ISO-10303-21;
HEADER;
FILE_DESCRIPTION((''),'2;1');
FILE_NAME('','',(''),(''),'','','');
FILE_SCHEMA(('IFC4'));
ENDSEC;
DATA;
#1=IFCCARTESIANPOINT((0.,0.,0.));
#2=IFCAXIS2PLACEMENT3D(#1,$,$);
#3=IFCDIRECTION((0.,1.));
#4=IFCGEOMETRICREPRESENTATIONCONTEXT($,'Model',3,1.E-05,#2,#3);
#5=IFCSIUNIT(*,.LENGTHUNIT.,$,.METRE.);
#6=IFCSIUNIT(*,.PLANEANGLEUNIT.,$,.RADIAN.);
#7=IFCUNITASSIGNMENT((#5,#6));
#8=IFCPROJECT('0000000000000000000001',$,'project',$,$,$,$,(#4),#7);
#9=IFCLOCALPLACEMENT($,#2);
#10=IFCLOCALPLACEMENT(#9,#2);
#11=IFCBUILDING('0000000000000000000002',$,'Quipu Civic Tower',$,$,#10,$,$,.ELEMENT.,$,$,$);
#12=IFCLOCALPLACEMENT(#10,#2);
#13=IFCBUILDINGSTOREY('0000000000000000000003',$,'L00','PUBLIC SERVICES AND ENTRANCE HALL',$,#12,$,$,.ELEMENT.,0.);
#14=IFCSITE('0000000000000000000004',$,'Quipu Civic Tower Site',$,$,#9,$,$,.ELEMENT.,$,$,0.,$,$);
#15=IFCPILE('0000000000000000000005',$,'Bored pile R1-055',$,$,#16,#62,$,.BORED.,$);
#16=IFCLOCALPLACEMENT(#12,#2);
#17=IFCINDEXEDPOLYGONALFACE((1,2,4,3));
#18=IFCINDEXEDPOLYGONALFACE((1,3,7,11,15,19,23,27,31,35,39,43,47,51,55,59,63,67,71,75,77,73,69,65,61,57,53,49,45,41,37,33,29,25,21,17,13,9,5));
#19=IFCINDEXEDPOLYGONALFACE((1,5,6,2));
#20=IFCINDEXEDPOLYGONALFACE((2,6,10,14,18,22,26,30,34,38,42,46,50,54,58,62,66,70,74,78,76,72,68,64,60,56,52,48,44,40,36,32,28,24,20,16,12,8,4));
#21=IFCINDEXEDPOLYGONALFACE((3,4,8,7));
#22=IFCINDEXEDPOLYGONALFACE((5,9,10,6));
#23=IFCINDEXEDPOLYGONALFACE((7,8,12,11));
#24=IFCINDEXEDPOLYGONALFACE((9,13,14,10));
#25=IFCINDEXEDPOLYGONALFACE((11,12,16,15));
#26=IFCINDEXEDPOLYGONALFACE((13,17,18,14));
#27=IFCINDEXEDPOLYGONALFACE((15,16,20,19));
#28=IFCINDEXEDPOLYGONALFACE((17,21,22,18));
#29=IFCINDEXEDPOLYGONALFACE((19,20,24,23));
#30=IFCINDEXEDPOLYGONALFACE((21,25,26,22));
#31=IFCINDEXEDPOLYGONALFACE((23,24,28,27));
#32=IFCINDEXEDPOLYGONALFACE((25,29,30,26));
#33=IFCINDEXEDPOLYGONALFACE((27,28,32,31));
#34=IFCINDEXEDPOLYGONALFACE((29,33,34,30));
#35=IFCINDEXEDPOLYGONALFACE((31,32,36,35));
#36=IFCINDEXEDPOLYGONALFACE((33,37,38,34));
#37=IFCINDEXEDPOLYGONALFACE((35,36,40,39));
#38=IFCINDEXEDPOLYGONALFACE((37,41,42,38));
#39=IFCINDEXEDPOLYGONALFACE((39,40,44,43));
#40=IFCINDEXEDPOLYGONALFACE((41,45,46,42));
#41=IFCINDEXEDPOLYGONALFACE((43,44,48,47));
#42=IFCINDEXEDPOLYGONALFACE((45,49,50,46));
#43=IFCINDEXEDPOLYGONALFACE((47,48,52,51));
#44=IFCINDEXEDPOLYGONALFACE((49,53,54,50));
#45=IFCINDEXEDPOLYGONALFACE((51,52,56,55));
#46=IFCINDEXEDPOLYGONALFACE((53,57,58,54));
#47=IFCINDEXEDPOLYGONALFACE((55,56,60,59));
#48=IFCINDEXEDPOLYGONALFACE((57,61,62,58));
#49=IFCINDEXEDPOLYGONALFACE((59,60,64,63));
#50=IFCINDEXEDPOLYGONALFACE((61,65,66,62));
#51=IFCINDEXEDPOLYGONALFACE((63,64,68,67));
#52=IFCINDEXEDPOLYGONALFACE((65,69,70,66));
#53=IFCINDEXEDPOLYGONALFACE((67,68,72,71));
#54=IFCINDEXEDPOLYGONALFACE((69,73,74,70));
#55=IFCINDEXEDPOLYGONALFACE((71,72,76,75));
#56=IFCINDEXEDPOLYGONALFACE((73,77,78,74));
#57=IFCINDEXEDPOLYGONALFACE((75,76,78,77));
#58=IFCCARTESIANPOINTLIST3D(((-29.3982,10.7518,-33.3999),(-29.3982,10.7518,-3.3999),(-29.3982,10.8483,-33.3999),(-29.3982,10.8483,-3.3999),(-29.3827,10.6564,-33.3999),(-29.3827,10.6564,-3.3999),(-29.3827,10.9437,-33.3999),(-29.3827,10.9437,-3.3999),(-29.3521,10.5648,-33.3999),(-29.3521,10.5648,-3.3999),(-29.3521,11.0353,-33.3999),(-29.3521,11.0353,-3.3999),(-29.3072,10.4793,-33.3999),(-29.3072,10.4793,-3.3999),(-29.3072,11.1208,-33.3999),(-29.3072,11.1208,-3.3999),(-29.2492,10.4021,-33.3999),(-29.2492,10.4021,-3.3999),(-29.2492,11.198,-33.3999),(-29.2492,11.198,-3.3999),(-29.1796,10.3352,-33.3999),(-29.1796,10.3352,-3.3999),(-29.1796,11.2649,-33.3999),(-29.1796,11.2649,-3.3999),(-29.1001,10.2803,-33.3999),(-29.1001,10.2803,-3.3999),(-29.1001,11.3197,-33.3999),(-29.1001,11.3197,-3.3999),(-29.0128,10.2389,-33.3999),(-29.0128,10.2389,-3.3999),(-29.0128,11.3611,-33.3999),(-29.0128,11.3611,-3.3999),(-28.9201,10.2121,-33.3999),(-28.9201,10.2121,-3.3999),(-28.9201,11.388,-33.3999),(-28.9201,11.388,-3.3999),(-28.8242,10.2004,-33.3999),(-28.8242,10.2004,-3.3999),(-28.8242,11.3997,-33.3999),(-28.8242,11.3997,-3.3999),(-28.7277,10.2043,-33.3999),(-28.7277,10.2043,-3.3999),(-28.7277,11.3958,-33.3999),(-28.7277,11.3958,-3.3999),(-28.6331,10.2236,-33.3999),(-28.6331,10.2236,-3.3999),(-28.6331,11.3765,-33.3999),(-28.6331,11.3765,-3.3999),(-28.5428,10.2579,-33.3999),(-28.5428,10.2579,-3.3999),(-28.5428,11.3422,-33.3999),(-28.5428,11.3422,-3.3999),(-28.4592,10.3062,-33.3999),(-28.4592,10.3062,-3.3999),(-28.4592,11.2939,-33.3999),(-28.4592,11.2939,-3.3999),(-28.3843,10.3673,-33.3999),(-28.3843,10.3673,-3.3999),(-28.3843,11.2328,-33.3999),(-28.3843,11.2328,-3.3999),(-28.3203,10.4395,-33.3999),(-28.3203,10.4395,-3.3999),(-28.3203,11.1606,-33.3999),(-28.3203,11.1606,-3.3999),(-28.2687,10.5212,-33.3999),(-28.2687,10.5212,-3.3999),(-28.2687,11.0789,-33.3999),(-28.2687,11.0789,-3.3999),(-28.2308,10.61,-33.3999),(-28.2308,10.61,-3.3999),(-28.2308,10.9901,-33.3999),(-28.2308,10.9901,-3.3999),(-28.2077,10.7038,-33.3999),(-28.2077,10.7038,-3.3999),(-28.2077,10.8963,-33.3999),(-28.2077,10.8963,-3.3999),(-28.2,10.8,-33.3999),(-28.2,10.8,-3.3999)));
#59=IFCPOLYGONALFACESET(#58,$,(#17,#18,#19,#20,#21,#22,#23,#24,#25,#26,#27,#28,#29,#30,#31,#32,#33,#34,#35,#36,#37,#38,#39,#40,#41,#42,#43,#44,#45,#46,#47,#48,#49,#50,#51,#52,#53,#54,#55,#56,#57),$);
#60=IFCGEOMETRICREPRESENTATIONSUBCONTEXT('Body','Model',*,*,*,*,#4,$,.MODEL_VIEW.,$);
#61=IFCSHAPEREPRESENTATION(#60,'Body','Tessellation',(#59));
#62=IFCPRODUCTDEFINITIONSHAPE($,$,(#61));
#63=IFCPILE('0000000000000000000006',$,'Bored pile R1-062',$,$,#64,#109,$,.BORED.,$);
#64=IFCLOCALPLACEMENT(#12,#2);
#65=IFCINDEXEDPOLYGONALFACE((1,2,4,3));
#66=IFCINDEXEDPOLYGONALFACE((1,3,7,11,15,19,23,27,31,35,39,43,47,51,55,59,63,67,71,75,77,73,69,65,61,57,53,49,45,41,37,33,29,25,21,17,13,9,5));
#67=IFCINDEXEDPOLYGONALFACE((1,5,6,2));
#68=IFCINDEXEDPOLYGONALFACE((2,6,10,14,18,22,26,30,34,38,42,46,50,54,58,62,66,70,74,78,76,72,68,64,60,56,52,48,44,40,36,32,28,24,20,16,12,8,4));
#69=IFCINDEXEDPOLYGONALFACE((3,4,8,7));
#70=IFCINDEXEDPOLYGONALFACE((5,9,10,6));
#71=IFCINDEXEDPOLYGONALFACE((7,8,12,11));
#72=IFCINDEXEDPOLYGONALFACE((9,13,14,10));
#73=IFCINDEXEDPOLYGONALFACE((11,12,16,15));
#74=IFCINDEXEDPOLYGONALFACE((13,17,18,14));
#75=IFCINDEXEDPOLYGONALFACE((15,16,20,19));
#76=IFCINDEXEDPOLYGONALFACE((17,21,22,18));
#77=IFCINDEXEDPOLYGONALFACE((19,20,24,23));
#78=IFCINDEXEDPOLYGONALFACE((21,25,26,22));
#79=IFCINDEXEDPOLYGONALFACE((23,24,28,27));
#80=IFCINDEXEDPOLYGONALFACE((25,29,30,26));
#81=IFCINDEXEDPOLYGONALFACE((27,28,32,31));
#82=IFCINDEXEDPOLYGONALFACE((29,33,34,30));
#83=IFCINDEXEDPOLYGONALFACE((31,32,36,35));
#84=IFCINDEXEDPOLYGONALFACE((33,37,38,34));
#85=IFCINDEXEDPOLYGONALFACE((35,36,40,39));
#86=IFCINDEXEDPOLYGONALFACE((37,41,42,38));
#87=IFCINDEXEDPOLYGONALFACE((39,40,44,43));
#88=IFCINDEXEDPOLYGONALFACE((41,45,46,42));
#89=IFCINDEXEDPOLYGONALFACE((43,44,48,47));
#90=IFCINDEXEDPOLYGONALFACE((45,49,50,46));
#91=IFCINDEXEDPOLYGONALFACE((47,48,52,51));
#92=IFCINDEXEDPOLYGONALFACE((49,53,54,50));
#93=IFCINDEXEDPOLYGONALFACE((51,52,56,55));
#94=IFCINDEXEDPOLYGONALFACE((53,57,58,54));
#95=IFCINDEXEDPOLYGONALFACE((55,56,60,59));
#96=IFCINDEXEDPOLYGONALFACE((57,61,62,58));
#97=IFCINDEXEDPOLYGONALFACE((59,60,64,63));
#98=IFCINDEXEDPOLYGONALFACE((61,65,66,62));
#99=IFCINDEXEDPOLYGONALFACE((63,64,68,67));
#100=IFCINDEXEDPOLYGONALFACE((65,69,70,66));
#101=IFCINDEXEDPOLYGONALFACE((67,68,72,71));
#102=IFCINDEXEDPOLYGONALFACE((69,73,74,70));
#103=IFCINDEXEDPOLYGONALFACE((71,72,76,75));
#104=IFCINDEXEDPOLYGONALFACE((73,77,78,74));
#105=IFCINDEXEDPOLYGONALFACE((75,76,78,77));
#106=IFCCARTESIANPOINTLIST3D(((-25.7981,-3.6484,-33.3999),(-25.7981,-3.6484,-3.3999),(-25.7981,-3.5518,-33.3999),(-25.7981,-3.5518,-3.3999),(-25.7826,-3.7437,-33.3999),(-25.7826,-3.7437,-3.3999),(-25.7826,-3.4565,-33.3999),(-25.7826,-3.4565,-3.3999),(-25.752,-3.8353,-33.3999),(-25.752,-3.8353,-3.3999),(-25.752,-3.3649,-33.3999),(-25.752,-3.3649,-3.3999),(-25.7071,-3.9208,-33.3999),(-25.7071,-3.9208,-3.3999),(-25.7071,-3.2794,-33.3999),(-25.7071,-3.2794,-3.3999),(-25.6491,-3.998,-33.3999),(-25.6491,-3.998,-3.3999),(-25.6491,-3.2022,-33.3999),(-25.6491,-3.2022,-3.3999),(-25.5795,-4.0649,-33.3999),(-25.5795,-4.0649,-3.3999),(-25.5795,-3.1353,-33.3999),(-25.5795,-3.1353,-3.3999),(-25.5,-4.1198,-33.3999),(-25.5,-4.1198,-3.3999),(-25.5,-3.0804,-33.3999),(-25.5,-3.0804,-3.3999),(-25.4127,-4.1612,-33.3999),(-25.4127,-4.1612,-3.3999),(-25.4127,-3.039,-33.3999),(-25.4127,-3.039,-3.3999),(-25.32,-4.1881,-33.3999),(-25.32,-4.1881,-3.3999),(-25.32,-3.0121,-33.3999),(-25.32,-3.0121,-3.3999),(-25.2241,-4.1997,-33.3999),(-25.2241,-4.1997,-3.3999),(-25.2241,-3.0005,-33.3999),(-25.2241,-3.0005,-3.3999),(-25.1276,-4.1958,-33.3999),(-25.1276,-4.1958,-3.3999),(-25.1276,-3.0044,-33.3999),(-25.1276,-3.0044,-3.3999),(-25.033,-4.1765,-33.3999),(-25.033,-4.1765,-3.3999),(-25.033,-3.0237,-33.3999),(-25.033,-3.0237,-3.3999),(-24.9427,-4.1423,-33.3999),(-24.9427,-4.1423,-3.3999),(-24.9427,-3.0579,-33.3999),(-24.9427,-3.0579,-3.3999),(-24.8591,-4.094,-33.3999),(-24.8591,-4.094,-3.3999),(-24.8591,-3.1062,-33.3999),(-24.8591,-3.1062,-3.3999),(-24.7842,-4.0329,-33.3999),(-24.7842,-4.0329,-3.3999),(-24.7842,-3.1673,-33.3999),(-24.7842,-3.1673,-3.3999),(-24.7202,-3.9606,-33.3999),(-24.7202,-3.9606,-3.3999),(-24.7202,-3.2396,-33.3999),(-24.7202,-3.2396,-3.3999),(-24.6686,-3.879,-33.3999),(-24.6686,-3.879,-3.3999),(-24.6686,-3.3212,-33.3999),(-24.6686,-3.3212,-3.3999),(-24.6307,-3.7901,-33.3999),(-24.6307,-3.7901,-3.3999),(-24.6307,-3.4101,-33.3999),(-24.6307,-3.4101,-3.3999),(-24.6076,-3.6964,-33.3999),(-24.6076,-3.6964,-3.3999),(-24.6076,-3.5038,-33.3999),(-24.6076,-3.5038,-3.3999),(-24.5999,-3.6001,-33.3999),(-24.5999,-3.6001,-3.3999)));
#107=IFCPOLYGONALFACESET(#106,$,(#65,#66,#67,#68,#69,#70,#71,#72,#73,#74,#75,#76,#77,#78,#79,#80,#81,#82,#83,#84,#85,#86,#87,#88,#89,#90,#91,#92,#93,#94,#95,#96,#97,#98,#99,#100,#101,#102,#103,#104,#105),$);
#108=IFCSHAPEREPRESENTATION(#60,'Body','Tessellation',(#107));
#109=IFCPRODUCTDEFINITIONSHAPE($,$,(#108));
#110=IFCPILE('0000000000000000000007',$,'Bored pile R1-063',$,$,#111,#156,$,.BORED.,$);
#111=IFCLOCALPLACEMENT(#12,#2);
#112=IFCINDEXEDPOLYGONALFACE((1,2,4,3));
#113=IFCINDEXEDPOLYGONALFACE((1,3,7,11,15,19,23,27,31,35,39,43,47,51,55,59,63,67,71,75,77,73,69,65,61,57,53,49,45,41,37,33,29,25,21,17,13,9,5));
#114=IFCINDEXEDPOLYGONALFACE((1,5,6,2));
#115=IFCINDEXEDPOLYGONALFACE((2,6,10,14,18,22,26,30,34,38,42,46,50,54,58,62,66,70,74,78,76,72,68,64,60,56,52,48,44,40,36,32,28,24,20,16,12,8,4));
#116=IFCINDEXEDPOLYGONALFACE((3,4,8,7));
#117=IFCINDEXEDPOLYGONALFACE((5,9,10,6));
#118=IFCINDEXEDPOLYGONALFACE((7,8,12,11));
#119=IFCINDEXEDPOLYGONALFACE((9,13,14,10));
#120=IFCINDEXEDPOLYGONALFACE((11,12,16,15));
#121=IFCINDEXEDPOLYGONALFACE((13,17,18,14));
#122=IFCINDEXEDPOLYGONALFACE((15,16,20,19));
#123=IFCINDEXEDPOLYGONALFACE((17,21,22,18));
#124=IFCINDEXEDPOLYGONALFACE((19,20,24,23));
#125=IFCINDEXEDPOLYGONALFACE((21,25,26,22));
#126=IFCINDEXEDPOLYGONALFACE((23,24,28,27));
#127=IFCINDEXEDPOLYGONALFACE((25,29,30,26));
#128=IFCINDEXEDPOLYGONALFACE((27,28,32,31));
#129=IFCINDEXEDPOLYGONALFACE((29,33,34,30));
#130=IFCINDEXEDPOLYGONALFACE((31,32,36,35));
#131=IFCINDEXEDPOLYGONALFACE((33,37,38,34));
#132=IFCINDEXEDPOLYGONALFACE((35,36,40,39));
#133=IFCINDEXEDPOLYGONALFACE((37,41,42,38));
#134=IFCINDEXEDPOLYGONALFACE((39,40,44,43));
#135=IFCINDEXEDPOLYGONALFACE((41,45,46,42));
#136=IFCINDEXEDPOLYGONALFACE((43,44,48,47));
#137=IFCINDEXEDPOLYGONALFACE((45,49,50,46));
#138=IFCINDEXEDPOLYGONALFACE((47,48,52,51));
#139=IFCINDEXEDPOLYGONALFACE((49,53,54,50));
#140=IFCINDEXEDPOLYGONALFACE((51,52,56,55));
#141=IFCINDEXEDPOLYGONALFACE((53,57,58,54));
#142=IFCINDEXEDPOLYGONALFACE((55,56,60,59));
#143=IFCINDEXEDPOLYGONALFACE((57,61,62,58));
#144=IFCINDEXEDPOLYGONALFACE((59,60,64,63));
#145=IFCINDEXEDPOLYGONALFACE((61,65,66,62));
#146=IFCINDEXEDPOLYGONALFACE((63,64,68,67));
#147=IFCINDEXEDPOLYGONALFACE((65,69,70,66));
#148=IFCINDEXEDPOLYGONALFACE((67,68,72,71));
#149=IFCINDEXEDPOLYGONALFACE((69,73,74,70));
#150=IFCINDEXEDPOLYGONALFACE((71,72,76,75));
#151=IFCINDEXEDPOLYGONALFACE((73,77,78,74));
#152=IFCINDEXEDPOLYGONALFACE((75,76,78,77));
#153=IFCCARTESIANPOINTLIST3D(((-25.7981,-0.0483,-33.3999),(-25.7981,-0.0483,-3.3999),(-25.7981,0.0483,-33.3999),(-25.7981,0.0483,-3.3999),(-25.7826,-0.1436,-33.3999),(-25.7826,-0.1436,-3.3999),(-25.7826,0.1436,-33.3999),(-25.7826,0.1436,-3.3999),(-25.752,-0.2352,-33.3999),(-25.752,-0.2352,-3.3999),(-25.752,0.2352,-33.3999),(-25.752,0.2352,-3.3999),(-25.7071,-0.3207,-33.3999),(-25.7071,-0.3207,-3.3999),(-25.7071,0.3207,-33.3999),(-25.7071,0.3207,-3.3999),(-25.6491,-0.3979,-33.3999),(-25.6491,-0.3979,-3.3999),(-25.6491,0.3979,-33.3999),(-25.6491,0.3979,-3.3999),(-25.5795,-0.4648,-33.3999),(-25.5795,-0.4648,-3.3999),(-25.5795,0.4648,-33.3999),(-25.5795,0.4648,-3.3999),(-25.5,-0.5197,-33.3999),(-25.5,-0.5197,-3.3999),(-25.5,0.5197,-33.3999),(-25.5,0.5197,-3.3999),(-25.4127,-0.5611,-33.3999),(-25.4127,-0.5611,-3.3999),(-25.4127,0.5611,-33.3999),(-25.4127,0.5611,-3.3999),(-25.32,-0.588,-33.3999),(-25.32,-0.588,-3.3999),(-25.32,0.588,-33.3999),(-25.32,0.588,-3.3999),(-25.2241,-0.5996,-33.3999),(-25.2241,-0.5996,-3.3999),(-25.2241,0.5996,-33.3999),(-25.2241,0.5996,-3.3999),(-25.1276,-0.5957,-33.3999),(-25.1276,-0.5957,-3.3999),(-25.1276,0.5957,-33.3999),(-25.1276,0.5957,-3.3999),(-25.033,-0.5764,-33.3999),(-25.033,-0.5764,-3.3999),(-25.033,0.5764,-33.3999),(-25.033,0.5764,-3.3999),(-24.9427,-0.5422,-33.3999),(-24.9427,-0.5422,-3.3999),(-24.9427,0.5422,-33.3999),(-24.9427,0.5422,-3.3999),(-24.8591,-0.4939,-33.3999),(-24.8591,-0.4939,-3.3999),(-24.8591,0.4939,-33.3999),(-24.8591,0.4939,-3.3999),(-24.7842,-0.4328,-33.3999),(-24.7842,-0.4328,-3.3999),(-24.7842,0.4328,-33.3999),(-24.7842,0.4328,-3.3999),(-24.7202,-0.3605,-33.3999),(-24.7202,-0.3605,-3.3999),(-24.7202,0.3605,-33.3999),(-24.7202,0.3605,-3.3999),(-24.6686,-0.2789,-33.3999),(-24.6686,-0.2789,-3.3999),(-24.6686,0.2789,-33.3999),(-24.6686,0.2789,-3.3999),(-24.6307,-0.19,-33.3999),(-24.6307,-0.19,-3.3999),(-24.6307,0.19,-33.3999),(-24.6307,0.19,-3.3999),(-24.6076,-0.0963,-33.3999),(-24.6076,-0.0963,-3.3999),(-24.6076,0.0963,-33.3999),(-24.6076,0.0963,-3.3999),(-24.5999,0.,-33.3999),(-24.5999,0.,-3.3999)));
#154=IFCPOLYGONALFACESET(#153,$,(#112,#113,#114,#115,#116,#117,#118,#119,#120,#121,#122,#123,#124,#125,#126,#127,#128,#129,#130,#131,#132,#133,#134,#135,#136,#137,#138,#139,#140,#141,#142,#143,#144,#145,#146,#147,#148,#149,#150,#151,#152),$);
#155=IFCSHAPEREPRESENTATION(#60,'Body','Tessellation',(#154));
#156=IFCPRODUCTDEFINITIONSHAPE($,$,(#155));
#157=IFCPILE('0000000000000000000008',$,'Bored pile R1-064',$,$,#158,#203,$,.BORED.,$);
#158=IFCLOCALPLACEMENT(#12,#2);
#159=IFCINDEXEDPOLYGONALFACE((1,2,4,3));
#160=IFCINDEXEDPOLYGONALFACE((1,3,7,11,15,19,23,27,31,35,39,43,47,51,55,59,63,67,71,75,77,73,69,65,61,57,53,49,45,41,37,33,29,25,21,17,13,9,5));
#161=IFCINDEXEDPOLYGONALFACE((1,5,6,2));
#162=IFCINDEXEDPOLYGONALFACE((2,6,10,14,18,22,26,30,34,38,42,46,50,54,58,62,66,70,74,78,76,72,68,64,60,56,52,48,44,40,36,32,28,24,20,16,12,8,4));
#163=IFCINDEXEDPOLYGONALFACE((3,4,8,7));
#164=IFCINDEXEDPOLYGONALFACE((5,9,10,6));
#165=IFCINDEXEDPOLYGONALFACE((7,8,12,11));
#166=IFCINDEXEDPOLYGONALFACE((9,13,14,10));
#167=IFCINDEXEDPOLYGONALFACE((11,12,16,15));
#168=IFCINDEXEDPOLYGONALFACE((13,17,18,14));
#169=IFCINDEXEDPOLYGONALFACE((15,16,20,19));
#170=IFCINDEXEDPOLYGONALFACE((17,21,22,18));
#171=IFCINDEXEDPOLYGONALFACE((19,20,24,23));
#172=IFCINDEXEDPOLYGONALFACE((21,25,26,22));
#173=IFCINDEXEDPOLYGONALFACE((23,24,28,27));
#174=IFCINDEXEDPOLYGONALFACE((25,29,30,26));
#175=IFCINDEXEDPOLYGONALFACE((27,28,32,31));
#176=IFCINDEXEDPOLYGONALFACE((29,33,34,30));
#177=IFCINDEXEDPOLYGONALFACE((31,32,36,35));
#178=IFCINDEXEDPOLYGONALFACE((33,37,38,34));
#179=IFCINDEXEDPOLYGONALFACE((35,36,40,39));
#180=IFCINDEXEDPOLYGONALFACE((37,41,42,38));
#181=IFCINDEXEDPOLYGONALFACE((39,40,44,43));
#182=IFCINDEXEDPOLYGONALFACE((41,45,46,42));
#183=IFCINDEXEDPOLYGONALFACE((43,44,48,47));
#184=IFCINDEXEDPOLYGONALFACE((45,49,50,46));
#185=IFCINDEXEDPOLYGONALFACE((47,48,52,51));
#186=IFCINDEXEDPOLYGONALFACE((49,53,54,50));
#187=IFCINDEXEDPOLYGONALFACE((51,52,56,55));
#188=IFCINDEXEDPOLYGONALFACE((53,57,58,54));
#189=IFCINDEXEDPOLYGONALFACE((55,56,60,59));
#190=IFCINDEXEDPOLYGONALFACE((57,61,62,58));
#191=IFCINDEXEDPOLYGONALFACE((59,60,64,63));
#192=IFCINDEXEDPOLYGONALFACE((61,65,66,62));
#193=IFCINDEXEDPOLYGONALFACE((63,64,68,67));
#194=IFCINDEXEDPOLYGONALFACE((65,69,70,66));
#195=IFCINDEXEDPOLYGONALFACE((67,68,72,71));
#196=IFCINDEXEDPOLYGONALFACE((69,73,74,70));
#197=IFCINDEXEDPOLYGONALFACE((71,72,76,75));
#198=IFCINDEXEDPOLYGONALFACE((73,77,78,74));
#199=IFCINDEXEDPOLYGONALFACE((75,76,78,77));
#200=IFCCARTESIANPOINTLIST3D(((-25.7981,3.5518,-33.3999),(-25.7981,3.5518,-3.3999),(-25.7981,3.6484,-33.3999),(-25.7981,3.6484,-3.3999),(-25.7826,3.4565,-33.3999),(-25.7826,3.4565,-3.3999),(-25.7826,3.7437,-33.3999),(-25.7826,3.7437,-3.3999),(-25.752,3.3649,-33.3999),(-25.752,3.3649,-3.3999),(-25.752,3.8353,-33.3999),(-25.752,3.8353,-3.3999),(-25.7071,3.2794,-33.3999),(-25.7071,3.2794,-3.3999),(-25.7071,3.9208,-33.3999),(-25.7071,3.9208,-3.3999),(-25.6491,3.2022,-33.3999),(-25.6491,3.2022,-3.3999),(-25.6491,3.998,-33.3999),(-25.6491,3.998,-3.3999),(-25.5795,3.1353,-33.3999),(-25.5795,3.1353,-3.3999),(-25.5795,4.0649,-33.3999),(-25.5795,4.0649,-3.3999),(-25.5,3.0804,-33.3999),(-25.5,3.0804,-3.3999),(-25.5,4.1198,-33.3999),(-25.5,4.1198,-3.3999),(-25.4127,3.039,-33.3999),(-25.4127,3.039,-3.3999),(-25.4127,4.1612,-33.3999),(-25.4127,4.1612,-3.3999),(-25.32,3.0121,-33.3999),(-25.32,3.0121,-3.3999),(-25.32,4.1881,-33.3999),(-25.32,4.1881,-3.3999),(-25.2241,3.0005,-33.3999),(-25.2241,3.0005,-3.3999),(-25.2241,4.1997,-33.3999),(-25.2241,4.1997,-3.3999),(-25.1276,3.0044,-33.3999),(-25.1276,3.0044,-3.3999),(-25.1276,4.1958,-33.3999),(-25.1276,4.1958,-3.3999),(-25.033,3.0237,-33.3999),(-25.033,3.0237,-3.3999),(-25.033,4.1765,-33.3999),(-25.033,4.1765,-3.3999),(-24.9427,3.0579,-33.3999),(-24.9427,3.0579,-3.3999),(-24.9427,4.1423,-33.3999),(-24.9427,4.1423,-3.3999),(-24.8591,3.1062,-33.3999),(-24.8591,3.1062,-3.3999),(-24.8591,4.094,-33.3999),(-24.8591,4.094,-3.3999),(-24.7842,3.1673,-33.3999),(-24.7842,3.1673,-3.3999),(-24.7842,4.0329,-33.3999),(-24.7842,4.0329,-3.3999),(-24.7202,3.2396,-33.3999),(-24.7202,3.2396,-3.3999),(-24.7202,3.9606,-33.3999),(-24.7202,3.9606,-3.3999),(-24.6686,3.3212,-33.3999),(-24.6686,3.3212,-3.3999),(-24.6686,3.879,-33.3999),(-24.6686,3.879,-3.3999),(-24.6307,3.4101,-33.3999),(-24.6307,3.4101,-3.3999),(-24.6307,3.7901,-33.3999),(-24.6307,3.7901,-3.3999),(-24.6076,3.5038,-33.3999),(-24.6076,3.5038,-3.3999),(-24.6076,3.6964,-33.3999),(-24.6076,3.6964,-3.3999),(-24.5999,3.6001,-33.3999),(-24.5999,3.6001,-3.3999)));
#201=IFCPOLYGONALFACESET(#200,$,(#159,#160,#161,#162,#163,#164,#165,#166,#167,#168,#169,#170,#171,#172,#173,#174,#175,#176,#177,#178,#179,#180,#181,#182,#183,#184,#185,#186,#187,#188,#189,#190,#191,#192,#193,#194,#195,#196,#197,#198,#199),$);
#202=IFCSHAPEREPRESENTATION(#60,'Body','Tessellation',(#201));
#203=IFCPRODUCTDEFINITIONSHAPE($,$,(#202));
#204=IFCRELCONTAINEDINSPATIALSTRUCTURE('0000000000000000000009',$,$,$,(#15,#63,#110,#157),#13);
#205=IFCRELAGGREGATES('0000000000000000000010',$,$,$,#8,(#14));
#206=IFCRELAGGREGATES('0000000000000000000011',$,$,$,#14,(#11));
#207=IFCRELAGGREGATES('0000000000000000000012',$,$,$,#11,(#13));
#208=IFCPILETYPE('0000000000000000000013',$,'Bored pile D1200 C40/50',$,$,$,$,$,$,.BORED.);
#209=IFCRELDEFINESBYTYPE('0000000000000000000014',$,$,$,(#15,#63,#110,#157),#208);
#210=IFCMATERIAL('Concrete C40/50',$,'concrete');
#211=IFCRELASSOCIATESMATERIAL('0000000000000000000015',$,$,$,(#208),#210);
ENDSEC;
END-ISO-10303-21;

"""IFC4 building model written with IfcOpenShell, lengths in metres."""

from ifc_helpers import new_model, si_unit, direction, frame, origin, origin_2d, place, context, subcontext, project, spatial, circle, extrude, material, material_profile, profile_set, type_object, element, save


model = new_model("IFC4")

# Units and contexts
model_context = context("Model", 3, precision=1e-05, world=origin(), true_north=direction((0.0, 1.0)))
body_context = subcontext(model_context, "Body", "Model", "MODEL_VIEW")
ifc_project = project(units=[si_unit("LENGTHUNIT", "METRE"), si_unit("PLANEANGLEUNIT", "RADIAN")], contexts=[model_context])

# Site, building, storey
site_placement = place(None, origin())
site = spatial("IfcSite", under=ifc_project, at=site_placement, Name="Quipu Civic Tower Site", CompositionType="ELEMENT", RefElevation=0.0)
building_placement = place(site_placement, origin())
building = spatial("IfcBuilding", under=site, at=building_placement, Name="Quipu Civic Tower", CompositionType="ELEMENT")
storey_placement = place(building_placement, origin())
storey = spatial("IfcBuildingStorey", under=building, at=storey_placement, Name="L00", Description="PUBLIC SERVICES AND ENTRANCE HALL", CompositionType="ELEMENT", Elevation=0.0)

# Piles
ifc_material_1 = material(Name="Concrete C40/50", Category="concrete")
ifc_material_profile_1 = material_profile(ifc_material_1, circle(Radius=0.6001, at=origin_2d()), Name="RCD1200")
ifc_profile_set_1 = profile_set([ifc_material_profile_1], Name="Concrete C40/50")
pile_type = type_object("IfcPileType", Name="Bored pile D1200 C40/50", PredefinedType="BORED", material=ifc_profile_set_1)
for number, where, z_axis, x_axis, name in (
    (1, (-28.8, 10.8, -3.3999), (0.0, 0.0, -1.0), (1.0, 0.0, 0.0), "Bored pile R1-055"),
    (2, (-25.2, -3.6001, -3.3999), (0.0, 0.0, -1.0), (1.0, 0.0, 0.0), "Bored pile R1-062"),
    (3, (-25.2, 0.0, -3.3999), (0.0, 0.0, -1.0), (1.0, 0.0, 0.0), "Bored pile R1-063"),
    (4, (-25.2, 3.6001, -3.3999), (0.0, 0.0, -1.0), (1.0, 0.0, 0.0), "Bored pile R1-064"),
):
    element("IfcPile", number, at=place(storey_placement, frame(where, z_axis=z_axis, x_axis=x_axis)), inside=storey, type_object=pile_type, Name=name, PredefinedType="BORED", context=body_context, shape_type="SweptSolid", body=[
        extrude(circle(Radius=0.6001, at=origin_2d()), origin(), (0.0, 0.0, 1.0), 30.0),
    ])

save(model, "model.ifc")
